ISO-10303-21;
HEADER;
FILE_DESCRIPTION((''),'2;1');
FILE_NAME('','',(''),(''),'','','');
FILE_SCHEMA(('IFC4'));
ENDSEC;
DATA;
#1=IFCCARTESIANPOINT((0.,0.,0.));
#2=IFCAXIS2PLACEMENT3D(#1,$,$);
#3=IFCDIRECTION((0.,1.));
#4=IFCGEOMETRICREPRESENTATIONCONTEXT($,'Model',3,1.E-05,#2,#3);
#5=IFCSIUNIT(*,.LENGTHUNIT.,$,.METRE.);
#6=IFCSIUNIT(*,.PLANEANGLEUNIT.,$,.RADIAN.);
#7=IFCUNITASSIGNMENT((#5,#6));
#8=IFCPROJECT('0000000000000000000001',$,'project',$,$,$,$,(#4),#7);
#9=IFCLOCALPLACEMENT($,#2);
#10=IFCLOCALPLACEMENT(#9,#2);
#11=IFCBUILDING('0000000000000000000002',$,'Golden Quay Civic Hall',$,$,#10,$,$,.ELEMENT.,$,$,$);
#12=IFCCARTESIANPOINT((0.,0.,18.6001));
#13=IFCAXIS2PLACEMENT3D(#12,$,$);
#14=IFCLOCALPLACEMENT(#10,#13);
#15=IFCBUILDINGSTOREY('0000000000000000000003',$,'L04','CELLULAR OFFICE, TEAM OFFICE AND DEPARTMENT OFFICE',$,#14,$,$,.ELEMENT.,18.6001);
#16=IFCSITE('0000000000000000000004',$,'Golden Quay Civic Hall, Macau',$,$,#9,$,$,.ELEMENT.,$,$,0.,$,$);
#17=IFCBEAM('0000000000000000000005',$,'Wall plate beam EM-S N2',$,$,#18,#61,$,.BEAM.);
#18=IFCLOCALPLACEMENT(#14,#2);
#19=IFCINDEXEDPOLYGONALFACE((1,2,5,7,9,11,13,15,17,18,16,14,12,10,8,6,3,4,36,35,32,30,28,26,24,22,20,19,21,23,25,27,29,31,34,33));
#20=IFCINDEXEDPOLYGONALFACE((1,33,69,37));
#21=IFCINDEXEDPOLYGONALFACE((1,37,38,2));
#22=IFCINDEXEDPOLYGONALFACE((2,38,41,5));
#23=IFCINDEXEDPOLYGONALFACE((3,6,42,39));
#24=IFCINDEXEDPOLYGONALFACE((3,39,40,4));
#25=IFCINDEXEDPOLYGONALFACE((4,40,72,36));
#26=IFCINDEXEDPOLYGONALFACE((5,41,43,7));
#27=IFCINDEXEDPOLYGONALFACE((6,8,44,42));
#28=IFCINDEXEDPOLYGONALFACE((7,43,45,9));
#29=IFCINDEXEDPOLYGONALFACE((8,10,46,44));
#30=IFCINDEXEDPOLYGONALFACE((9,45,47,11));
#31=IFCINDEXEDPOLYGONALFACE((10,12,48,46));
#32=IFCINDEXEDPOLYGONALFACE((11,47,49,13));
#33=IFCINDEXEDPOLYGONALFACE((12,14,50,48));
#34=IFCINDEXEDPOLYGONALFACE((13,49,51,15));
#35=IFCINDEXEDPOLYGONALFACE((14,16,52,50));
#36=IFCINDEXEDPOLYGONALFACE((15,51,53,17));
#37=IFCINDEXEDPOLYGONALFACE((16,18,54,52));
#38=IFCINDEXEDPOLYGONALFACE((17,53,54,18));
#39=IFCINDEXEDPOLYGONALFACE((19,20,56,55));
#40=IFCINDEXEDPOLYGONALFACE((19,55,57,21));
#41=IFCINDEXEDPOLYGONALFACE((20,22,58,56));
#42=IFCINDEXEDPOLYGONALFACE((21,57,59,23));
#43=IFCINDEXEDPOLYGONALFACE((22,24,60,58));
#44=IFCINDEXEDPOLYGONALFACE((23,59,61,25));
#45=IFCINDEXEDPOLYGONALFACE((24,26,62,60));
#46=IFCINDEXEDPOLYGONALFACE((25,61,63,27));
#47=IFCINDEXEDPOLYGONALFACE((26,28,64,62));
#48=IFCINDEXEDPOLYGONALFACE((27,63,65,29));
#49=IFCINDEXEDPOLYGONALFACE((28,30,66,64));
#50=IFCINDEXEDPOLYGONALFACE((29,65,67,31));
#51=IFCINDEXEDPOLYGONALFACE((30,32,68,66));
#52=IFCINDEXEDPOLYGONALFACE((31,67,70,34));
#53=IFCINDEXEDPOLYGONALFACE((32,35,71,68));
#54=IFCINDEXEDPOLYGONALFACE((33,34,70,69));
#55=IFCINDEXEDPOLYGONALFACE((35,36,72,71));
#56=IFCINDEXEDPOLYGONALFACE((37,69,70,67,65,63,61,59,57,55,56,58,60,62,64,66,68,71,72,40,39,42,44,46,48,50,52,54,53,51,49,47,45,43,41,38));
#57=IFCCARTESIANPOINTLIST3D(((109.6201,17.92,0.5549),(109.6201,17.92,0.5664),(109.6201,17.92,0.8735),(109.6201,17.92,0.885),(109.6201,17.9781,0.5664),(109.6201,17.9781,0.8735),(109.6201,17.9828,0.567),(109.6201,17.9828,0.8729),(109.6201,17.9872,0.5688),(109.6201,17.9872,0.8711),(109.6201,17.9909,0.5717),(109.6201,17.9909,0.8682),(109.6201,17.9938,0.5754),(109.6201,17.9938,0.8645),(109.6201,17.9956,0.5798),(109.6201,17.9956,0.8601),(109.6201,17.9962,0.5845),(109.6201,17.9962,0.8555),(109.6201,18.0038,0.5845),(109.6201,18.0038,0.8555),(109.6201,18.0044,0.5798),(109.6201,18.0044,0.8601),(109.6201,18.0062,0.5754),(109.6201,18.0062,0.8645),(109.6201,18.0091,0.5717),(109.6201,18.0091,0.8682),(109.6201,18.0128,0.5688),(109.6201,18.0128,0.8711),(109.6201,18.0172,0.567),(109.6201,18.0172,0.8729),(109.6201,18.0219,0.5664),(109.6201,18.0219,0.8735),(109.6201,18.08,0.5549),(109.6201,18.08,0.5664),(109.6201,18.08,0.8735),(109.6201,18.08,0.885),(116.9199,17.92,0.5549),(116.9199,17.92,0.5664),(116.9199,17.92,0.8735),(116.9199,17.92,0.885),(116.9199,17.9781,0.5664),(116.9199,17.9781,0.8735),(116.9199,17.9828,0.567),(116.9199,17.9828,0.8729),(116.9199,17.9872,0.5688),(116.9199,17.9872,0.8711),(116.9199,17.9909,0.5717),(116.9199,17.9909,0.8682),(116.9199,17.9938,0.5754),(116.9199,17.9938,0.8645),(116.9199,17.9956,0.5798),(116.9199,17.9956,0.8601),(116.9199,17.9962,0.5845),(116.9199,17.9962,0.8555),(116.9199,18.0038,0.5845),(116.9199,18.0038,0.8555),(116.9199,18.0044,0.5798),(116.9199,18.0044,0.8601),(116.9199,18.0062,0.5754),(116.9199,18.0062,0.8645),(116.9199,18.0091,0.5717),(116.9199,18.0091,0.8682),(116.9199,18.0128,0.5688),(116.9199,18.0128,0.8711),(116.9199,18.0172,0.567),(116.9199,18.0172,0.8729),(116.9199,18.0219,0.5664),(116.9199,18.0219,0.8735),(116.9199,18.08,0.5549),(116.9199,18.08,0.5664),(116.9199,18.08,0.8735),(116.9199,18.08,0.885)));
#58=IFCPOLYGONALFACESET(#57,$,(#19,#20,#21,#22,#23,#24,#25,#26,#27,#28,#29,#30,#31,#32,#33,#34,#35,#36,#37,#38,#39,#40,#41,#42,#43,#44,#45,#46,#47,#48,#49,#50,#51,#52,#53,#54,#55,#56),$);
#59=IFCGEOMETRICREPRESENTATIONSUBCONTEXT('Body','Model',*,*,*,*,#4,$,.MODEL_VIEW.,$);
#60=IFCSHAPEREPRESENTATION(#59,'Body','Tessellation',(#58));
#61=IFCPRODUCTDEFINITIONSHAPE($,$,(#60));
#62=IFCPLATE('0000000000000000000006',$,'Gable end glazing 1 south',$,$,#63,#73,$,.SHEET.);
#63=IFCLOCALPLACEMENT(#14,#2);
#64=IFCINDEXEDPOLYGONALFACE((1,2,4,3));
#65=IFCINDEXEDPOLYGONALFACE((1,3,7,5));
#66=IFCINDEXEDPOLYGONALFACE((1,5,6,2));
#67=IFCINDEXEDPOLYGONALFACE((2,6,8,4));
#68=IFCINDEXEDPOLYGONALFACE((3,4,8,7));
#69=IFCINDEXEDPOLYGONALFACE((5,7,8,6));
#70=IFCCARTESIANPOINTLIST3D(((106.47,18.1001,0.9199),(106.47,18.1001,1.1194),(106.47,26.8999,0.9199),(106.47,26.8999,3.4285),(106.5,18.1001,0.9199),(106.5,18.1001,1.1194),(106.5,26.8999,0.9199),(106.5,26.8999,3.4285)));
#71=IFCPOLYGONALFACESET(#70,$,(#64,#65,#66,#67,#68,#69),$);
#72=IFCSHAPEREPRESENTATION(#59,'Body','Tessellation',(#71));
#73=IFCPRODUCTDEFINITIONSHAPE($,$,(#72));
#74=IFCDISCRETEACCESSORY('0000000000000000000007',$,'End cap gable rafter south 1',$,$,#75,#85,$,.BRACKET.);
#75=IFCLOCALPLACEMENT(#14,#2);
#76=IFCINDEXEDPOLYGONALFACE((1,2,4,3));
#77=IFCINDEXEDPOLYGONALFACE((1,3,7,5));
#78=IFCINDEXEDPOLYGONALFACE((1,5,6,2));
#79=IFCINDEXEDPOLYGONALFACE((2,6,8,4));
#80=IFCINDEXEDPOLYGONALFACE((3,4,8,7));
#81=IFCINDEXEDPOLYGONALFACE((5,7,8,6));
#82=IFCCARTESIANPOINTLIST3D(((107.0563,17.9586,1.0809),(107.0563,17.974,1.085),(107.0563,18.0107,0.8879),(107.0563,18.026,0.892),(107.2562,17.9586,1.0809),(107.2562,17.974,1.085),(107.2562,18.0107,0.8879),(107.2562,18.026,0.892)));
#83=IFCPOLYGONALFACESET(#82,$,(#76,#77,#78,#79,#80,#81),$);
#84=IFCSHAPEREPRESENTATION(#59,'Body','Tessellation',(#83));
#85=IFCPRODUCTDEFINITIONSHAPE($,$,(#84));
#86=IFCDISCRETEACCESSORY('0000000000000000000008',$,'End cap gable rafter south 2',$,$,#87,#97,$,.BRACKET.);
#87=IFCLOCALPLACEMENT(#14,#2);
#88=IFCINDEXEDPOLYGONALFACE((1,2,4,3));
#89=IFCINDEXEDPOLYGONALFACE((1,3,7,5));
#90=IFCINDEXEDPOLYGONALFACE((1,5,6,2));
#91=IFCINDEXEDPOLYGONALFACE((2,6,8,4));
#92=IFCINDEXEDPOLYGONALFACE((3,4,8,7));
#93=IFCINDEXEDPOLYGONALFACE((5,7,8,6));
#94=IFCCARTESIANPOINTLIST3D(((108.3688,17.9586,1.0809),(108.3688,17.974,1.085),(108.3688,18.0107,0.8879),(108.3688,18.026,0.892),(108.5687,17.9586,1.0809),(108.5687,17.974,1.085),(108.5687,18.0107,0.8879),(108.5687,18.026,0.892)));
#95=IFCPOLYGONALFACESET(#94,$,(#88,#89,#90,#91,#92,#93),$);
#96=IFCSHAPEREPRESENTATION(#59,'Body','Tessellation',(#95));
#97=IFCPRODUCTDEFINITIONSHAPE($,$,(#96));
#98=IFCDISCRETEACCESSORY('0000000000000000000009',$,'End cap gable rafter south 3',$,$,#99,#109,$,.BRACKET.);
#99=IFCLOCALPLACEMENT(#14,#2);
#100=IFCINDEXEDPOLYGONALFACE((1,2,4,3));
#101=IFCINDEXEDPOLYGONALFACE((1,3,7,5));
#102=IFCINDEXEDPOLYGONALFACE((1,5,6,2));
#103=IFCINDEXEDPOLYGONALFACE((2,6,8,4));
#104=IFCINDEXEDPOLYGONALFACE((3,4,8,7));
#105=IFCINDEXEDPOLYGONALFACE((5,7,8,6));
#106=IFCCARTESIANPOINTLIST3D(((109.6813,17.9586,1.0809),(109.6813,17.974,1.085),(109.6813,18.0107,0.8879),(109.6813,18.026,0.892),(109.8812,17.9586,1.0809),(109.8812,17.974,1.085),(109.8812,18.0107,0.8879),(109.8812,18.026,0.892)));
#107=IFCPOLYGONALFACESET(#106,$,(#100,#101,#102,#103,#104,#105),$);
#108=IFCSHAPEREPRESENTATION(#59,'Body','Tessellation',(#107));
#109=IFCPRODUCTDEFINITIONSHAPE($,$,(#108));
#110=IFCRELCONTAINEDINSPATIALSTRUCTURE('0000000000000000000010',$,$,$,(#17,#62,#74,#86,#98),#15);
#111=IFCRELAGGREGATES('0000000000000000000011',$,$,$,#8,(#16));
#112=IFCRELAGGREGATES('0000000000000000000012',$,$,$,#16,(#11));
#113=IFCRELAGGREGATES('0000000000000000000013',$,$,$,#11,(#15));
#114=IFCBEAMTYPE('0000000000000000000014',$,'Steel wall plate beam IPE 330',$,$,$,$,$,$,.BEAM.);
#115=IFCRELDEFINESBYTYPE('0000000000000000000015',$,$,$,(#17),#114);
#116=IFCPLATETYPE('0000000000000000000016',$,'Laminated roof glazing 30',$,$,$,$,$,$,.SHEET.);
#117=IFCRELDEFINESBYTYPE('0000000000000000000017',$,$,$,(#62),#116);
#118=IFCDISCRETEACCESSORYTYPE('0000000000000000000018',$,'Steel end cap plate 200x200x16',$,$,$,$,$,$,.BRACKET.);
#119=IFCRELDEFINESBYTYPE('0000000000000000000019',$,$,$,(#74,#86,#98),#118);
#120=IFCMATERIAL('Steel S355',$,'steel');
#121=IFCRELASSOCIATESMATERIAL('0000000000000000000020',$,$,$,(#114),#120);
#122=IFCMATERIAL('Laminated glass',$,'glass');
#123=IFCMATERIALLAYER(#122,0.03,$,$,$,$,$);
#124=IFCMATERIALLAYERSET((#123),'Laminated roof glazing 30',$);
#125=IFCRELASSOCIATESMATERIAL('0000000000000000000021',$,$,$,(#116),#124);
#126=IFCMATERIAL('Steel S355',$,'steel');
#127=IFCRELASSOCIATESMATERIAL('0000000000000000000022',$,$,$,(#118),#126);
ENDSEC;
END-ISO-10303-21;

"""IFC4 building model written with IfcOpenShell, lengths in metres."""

from ifc_helpers import new_model, si_unit, direction, frame, origin, origin_2d, place, context, subcontext, project, spatial, polyline, rectangle, i_section, outline, extrude, material, layer, layer_set, material_profile, profile_set, type_object, element, save


model = new_model("IFC4")

# Units and contexts
model_context = context("Model", 3, precision=1e-05, world=origin(), true_north=direction((0.0, 1.0)))
body_context = subcontext(model_context, "Body", "Model", "MODEL_VIEW")
ifc_project = project(units=[si_unit("LENGTHUNIT", "METRE"), si_unit("PLANEANGLEUNIT", "RADIAN")], contexts=[model_context])

# Site, building, storey
site_placement = place(None, origin())
site = spatial("IfcSite", under=ifc_project, at=site_placement, Name="Golden Quay Civic Hall, Macau", CompositionType="ELEMENT", RefElevation=0.0)
building_placement = place(site_placement, origin())
building = spatial("IfcBuilding", under=site, at=building_placement, Name="Golden Quay Civic Hall", CompositionType="ELEMENT")
storey_placement = place(building_placement, frame((0.0, 0.0, 18.6001)))
storey = spatial("IfcBuildingStorey", under=building, at=storey_placement, Name="L04", Description="CELLULAR OFFICE, TEAM OFFICE AND DEPARTMENT OFFICE", CompositionType="ELEMENT", Elevation=18.6001)

# Beam
ifc_material_1 = material(Name="Steel S355", Category="steel")
ifc_material_profile_1 = material_profile(ifc_material_1, i_section(OverallWidth=0.1599, OverallDepth=0.3301, WebThickness=0.0076, FlangeThickness=0.0115, FilletRadius=0.0181, at=origin_2d()), Name="IPE 330")
ifc_profile_set_1 = profile_set([ifc_material_profile_1], Name="Steel S355")
beam_type_1 = type_object("IfcBeamType", Name="Steel wall plate beam IPE 330", PredefinedType="BEAM", material=ifc_profile_set_1)
beam_1_placement = place(storey_placement, frame((109.6201, 18.0, 0.72), z_axis=(1.0, 0.0, 0.0), x_axis=(0.0, 1.0, 0.0)))
element("IfcBeam", 1, at=beam_1_placement, inside=storey, type_object=beam_type_1, Name="Wall plate beam EM-S N2", PredefinedType="BEAM", context=body_context, shape_type="SweptSolid", body=[
    extrude(i_section(OverallWidth=0.1599, OverallDepth=0.3301, WebThickness=0.0076, FlangeThickness=0.0115, FilletRadius=0.0181, at=origin_2d()), origin(), (0.0, 0.0, 1.0), 7.2998),
])

# Plate
ifc_material_2 = material(Name="Laminated glass", Category="glass")
ifc_layer = layer(ifc_material_2, 0.03)
ifc_layer_set = layer_set([ifc_layer], Name="Laminated roof glazing 30")
plate_type = type_object("IfcPlateType", Name="Laminated roof glazing 30", PredefinedType="SHEET", material=ifc_layer_set)
plate_placement = place(storey_placement, frame((106.5, 18.1001, 0.9199), z_axis=(1.0, 0.0, 0.0), x_axis=(0.0, 1.0, 0.0)))
element("IfcPlate", 2, at=plate_placement, inside=storey, type_object=plate_type, Name="Gable end glazing 1 south", PredefinedType="SHEET", context=body_context, shape_type="SweptSolid", body=[
    extrude(outline(polyline([(0.0, 0.0), (8.7998, 0.0), (8.7998, 2.5085), (0.0, 0.1995), (0.0, 0.0)])), origin(), (0.0, 0.0, -1.0), 0.03),
])

# Discrete accessories
ifc_material_3 = material(Name="Steel S355", Category="steel")
ifc_material_profile_2 = material_profile(ifc_material_3, rectangle(XDim=0.2, YDim=0.2, at=origin_2d()), Name="Steel end cap plate 200x200x16")
ifc_profile_set_2 = profile_set([ifc_material_profile_2], Name="Steel S355")
discrete_accessory_type = type_object("IfcDiscreteAccessoryType", Name="Steel end cap plate 200x200x16", PredefinedType="BRACKET", material=ifc_profile_set_2)
for number, where, z_axis, x_axis, name in (
    (3, (107.1562, 18.0, 0.9885), (0.0, -0.965468, -0.260523), (1.0, 0.0, 0.0), "End cap gable rafter south 1"),
    (4, (108.4688, 18.0, 0.9885), (0.0, -0.965468, -0.260523), (1.0, 0.0, 0.0), "End cap gable rafter south 2"),
    (5, (109.7812, 18.0, 0.9885), (0.0, -0.965468, -0.260523), (1.0, 0.0, 0.0), "End cap gable rafter south 3"),
):
    element("IfcDiscreteAccessory", number, at=place(storey_placement, frame(where, z_axis=z_axis, x_axis=x_axis)), inside=storey, type_object=discrete_accessory_type, Name=name, PredefinedType="BRACKET", context=body_context, shape_type="SweptSolid", body=[
        extrude(rectangle(XDim=0.2, YDim=0.2, at=origin_2d()), origin(), (0.0, 0.0, 1.0), 0.0159),
    ])

save(model, "model.ifc")
